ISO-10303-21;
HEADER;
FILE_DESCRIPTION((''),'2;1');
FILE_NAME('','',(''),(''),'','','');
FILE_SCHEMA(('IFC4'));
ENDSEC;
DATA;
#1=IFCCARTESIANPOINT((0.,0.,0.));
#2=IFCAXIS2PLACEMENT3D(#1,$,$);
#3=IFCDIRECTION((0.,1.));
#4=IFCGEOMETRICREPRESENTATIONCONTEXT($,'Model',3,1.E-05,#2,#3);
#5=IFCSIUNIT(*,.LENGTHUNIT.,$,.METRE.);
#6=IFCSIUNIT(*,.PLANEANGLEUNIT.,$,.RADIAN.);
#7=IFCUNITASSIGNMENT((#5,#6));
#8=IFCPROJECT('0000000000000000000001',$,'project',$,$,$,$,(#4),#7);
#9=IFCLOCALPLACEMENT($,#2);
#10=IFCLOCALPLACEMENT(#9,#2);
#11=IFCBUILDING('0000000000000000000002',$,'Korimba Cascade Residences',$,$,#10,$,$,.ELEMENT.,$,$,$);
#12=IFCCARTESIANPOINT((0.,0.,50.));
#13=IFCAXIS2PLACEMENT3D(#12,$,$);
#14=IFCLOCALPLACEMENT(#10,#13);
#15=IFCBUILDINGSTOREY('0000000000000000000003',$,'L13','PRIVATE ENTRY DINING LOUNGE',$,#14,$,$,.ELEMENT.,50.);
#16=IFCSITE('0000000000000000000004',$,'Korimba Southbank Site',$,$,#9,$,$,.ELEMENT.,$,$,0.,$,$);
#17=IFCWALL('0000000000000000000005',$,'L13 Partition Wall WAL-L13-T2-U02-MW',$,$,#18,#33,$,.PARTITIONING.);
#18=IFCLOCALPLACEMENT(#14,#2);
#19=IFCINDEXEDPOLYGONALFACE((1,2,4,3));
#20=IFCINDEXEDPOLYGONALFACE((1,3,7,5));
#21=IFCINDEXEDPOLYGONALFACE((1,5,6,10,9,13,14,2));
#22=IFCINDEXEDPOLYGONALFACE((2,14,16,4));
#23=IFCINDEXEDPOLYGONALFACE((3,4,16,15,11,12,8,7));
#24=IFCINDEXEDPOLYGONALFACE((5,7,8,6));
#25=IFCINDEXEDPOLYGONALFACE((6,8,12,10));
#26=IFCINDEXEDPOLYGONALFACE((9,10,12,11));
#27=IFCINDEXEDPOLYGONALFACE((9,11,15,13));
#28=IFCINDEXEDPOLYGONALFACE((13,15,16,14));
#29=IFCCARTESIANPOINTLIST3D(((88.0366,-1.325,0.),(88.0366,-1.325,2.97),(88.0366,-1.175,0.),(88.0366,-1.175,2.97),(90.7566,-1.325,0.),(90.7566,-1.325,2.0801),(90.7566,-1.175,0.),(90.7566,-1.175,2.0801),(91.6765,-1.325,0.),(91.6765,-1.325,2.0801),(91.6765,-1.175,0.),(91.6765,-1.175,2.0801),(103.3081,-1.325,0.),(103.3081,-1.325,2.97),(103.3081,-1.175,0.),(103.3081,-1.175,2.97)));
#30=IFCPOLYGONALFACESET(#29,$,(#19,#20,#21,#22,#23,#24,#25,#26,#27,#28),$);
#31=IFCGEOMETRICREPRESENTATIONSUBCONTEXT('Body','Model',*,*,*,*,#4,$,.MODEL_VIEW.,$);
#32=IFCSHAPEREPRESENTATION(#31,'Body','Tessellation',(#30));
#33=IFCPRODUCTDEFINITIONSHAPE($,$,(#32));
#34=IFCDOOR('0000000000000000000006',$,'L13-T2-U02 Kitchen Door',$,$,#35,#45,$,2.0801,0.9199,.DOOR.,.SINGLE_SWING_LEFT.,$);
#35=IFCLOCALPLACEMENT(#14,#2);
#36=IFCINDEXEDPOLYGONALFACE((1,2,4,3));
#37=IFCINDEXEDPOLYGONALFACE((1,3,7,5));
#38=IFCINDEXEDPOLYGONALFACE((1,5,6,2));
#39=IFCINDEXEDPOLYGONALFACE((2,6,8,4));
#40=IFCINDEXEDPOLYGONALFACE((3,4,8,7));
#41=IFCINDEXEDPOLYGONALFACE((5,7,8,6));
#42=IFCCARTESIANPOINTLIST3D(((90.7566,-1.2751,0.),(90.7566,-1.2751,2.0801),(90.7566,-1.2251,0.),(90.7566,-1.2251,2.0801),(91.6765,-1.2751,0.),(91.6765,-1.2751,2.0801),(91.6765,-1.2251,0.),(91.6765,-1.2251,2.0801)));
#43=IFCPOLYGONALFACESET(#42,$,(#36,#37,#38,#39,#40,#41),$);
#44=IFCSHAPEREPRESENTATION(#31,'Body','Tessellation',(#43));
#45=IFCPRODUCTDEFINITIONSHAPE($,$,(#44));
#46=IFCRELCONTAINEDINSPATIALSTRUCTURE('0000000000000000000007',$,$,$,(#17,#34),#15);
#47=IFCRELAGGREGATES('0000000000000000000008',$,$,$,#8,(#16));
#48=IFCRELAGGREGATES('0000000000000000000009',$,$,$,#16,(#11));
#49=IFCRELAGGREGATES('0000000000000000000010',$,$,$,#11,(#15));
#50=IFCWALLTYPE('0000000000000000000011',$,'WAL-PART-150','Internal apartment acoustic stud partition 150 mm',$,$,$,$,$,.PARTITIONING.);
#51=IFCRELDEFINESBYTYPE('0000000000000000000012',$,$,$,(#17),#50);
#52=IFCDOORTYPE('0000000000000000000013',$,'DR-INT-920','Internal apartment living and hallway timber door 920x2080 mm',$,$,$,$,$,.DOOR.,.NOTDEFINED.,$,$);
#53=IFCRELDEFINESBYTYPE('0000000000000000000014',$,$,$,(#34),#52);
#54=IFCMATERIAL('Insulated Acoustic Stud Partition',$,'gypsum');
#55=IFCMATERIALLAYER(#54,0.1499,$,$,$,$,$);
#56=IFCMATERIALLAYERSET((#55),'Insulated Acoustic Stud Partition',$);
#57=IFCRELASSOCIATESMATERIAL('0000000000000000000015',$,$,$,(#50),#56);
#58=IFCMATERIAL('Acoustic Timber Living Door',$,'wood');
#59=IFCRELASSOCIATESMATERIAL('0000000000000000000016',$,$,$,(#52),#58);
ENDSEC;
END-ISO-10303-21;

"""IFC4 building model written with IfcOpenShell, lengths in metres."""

from ifc_helpers import new_model, si_unit, direction, frame, frame_2d, origin, place, context, subcontext, project, spatial, rectangle, extrude, material, layer, layer_set, type_object, element, fill, save


model = new_model("IFC4")

# Units and contexts
model_context = context("Model", 3, precision=1e-05, world=origin(), true_north=direction((0.0, 1.0)))
body_context = subcontext(model_context, "Body", "Model", "MODEL_VIEW")
ifc_project = project(units=[si_unit("LENGTHUNIT", "METRE"), si_unit("PLANEANGLEUNIT", "RADIAN")], contexts=[model_context])

# Site, building, storey
site_placement = place(None, origin())
site = spatial("IfcSite", under=ifc_project, at=site_placement, Name="Korimba Southbank Site", CompositionType="ELEMENT", RefElevation=0.0)
building_placement = place(site_placement, origin())
building = spatial("IfcBuilding", under=site, at=building_placement, Name="Korimba Cascade Residences", CompositionType="ELEMENT")
storey_placement = place(building_placement, frame((0.0, 0.0, 50.0)))
storey = spatial("IfcBuildingStorey", under=building, at=storey_placement, Name="L13", Description="PRIVATE ENTRY DINING LOUNGE", CompositionType="ELEMENT", Elevation=50.0)

# Shared definitions
ifc_material_1 = material(Name="Insulated Acoustic Stud Partition", Category="gypsum")
ifc_layer_1 = layer(ifc_material_1, 0.1499)
ifc_layer_set_1 = layer_set([ifc_layer_1], Name="Insulated Acoustic Stud Partition")
wall_type_1 = type_object("IfcWallType", Name="WAL-PART-150", Description="Internal apartment acoustic stud partition 150 mm", PredefinedType="PARTITIONING", material=ifc_layer_set_1)

# Wall, opening, door
wall_1_placement = place(storey_placement, frame((88.0366, -1.25, 0.0), z_axis=(0.0, 0.0, 1.0), x_axis=(1.0, 0.0, 0.0)))
wall_1 = element("IfcWall", 1, at=wall_1_placement, inside=storey, type_object=wall_type_1, Name="L13 Partition Wall WAL-L13-T2-U02-MW", PredefinedType="PARTITIONING", context=body_context, shape_type="SweptSolid", body=[
    extrude(rectangle(XDim=15.2715, YDim=0.1499, at=frame_2d((7.6357, 0.0))), origin(), (0.0, 0.0, 1.0), 2.97),
])
opening_1_placement = place(wall_1_placement, frame((2.72, 0.0, 0.0)))
opening_1 = element("IfcOpeningElement", 2, at=opening_1_placement, cuts=wall_1, PredefinedType="OPENING", context=body_context, shape_type="SweptSolid", body=[
    extrude(rectangle(XDim=0.9199, YDim=2.0801, at=frame_2d((0.46, 1.04))), frame((0.0, 0.085, 0.0), z_axis=(0.0, -1.0, 0.0), x_axis=(1.0, 0.0, 0.0)), (0.0, 0.0, 1.0), 0.1699),
])
ifc_material_2 = material(Name="Acoustic Timber Living Door", Category="wood")
door_type_1 = type_object("IfcDoorType", Name="DR-INT-920", Description="Internal apartment living and hallway timber door 920x2080 mm", OperationType="NOTDEFINED", PredefinedType="DOOR", material=ifc_material_2)
door_1_placement = place(opening_1_placement, origin())
door_1 = element("IfcDoor", 3, at=door_1_placement, inside=storey, type_object=door_type_1, Name="L13-T2-U02 Kitchen Door", OperationType="SINGLE_SWING_LEFT", OverallHeight=2.0801, OverallWidth=0.9199, PredefinedType="DOOR", context=body_context, shape_type="SweptSolid", body=[
    extrude(rectangle(XDim=0.9199, YDim=2.0801, at=frame_2d((0.46, 1.04))), frame((0.0, 0.0249, 0.0), z_axis=(0.0, -1.0, 0.0), x_axis=(1.0, 0.0, 0.0)), (0.0, 0.0, 1.0), 0.05),
])
fill(opening_1, door_1)

save(model, "model.ifc")
